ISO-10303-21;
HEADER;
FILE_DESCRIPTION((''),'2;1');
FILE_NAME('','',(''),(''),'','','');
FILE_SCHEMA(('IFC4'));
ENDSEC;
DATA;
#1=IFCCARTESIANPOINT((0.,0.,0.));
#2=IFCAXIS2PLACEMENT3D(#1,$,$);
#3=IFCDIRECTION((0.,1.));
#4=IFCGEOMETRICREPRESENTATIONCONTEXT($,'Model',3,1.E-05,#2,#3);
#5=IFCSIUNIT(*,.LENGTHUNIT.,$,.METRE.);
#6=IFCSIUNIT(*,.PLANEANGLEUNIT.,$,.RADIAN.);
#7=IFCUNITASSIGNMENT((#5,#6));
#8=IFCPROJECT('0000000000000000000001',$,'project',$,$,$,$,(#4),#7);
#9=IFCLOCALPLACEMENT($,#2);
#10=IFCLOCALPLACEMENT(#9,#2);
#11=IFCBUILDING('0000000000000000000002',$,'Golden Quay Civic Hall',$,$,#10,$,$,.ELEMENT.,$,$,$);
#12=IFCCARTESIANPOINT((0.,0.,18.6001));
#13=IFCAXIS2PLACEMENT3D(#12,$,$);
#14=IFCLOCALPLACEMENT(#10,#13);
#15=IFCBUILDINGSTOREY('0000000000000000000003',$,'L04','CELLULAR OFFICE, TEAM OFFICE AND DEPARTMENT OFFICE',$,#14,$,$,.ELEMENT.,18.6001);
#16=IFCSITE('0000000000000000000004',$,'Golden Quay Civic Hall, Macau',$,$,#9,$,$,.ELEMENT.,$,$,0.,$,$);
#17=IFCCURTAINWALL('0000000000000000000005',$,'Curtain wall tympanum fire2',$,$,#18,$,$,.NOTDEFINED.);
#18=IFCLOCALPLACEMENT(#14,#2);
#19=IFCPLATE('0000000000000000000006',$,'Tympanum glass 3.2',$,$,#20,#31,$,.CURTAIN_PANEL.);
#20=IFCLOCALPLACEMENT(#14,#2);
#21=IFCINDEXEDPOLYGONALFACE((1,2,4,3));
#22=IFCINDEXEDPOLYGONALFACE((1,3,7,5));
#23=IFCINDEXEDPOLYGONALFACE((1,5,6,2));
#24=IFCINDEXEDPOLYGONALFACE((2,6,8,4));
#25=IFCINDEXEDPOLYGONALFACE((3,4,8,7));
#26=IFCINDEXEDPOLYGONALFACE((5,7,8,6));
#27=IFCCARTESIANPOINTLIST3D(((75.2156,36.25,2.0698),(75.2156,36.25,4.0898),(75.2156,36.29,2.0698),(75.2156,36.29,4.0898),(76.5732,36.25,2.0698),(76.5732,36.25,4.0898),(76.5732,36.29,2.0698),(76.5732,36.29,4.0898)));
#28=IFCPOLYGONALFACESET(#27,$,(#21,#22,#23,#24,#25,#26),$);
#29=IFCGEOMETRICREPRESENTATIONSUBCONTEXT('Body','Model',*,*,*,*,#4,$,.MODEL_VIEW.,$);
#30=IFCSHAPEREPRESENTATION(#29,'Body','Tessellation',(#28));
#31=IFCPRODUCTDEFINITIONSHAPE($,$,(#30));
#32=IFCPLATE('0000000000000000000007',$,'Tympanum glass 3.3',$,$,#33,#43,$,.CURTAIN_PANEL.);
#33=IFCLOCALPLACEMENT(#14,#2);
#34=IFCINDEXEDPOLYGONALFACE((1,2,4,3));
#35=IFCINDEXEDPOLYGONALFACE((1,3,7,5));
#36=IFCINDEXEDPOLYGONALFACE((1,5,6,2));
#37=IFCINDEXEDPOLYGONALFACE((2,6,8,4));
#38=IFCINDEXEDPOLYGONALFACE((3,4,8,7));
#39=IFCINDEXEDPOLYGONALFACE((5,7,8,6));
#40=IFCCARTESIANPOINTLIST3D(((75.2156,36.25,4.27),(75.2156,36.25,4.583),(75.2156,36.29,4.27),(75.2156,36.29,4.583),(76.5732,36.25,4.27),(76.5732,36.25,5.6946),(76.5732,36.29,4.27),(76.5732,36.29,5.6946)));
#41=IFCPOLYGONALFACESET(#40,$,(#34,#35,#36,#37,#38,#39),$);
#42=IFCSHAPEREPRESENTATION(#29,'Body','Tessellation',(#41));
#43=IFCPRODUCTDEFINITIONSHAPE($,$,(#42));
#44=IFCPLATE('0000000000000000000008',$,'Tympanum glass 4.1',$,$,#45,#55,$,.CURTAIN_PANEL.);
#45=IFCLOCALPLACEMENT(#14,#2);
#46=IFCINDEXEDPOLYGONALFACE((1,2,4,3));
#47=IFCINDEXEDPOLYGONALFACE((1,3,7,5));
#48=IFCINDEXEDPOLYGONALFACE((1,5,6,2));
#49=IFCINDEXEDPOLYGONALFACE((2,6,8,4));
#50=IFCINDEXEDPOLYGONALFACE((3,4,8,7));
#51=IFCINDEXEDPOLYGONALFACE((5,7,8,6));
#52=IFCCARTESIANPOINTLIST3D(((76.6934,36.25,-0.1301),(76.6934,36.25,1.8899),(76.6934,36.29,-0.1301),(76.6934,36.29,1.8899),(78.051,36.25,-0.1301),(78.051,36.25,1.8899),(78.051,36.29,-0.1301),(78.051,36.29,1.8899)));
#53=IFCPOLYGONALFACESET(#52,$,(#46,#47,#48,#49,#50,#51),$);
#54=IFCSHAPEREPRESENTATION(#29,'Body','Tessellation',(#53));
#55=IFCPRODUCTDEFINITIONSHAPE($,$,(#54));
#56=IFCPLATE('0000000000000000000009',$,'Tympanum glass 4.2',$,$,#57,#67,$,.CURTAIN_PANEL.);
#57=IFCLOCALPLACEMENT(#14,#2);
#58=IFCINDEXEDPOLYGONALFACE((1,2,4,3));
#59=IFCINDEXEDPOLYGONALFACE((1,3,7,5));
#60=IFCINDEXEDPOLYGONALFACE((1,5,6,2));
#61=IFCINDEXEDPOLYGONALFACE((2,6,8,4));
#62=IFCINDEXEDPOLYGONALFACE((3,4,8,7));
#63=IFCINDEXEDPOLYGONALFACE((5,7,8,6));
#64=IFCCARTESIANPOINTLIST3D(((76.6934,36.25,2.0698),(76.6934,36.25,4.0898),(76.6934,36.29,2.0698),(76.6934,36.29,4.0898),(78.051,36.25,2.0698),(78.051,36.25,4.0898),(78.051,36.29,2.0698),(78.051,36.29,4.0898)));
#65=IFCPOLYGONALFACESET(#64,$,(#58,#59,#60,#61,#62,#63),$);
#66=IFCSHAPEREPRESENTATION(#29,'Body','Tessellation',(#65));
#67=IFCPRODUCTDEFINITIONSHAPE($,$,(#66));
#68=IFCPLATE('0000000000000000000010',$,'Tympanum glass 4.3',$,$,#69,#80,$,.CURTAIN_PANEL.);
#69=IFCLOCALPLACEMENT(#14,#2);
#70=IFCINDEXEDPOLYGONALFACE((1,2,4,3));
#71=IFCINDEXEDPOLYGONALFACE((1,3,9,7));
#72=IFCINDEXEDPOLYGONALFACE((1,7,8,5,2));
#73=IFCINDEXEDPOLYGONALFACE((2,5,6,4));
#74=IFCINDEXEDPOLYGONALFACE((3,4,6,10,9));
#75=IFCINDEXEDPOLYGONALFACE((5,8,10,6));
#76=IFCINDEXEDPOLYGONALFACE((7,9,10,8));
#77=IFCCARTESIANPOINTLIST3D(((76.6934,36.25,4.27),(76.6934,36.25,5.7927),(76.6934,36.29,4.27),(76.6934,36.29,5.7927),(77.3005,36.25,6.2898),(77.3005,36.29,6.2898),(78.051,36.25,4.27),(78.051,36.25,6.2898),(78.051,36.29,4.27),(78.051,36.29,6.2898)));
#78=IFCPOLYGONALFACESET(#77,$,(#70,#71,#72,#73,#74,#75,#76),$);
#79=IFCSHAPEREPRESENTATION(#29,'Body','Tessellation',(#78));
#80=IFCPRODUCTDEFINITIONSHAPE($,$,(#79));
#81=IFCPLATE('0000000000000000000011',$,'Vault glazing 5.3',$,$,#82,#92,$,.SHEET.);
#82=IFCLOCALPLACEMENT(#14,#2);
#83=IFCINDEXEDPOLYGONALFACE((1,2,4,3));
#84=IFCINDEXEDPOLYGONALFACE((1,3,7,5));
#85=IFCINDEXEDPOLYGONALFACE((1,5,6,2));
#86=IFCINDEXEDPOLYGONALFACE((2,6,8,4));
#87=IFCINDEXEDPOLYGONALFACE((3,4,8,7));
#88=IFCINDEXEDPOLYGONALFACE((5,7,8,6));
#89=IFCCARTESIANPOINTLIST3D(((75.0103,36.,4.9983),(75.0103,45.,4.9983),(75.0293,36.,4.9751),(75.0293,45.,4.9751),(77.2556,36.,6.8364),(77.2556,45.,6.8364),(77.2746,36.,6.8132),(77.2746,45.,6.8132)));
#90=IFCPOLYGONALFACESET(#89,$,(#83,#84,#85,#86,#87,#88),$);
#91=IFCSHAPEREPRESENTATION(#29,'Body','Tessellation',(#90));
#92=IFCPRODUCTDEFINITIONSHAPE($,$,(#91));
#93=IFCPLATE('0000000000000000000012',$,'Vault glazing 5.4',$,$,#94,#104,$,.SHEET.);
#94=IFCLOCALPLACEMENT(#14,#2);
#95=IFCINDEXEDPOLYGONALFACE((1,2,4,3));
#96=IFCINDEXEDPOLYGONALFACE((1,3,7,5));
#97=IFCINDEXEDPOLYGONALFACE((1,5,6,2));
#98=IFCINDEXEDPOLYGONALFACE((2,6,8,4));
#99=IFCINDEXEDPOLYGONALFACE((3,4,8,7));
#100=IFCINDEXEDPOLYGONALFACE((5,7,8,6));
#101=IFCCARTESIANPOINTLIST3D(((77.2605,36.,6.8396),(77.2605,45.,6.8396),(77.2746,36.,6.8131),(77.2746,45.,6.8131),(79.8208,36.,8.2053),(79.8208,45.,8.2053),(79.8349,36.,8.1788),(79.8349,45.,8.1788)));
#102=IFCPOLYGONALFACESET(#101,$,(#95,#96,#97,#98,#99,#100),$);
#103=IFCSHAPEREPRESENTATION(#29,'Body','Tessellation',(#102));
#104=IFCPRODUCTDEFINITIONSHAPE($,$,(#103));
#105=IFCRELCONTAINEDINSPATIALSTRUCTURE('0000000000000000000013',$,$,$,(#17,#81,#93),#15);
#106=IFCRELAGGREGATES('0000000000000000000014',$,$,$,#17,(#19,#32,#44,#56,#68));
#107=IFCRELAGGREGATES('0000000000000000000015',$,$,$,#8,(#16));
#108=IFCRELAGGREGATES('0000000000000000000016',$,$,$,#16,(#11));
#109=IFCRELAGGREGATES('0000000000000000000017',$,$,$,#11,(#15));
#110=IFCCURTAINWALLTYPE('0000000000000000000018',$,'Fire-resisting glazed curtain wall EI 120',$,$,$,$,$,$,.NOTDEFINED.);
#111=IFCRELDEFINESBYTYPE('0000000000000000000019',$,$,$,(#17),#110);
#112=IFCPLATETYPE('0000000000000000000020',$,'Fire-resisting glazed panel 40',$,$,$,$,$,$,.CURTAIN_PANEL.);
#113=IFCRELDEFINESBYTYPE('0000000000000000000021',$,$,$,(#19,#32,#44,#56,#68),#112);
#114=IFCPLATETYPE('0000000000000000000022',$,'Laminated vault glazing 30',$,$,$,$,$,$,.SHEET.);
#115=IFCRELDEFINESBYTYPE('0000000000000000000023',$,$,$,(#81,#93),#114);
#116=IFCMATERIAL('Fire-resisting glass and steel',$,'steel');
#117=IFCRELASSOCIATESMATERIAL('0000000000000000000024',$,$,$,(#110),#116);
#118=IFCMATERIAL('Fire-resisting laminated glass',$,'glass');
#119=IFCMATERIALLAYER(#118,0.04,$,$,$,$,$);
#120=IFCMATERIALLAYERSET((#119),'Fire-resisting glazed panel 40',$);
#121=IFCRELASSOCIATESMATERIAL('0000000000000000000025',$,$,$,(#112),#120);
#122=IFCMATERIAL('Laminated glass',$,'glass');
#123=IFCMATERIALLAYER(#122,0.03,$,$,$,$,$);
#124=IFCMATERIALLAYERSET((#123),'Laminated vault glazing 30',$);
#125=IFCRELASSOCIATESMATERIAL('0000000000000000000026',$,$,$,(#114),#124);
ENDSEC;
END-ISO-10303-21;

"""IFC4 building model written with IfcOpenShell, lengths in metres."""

from ifc_helpers import new_model, si_unit, direction, frame, origin, place, context, subcontext, project, spatial, polyline, outline, extrude, material, layer, layer_set, type_object, element, aggregate, save


model = new_model("IFC4")

# Units and contexts
model_context = context("Model", 3, precision=1e-05, world=origin(), true_north=direction((0.0, 1.0)))
body_context = subcontext(model_context, "Body", "Model", "MODEL_VIEW")
ifc_project = project(units=[si_unit("LENGTHUNIT", "METRE"), si_unit("PLANEANGLEUNIT", "RADIAN")], contexts=[model_context])

# Site, building, storey
site_placement = place(None, origin())
site = spatial("IfcSite", under=ifc_project, at=site_placement, Name="Golden Quay Civic Hall, Macau", CompositionType="ELEMENT", RefElevation=0.0)
building_placement = place(site_placement, origin())
building = spatial("IfcBuilding", under=site, at=building_placement, Name="Golden Quay Civic Hall", CompositionType="ELEMENT")
storey_placement = place(building_placement, frame((0.0, 0.0, 18.6001)))
storey = spatial("IfcBuildingStorey", under=building, at=storey_placement, Name="L04", Description="CELLULAR OFFICE, TEAM OFFICE AND DEPARTMENT OFFICE", CompositionType="ELEMENT", Elevation=18.6001)

# Curtain wall
ifc_material_1 = material(Name="Fire-resisting glass and steel", Category="steel")
curtain_wall_type = type_object("IfcCurtainWallType", Name="Fire-resisting glazed curtain wall EI 120", PredefinedType="NOTDEFINED", material=ifc_material_1)
curtain_wall_placement = place(storey_placement, origin())
curtain_wall = element("IfcCurtainWall", 1, at=curtain_wall_placement, inside=storey, type_object=curtain_wall_type, Name="Curtain wall tympanum fire2", PredefinedType="NOTDEFINED")

# Plates
ifc_material_2 = material(Name="Fire-resisting laminated glass", Category="glass")
ifc_layer_1 = layer(ifc_material_2, 0.04)
ifc_layer_set_1 = layer_set([ifc_layer_1], Name="Fire-resisting glazed panel 40")
plate_type_1 = type_object("IfcPlateType", Name="Fire-resisting glazed panel 40", PredefinedType="CURTAIN_PANEL", material=ifc_layer_set_1)
plate_1_placement = place(storey_placement, frame((76.5732, 36.29, 2.0698), z_axis=(0.0, 1.0, 0.0), x_axis=(-1.0, 0.0, 0.0)))
plate_1 = element("IfcPlate", 2, at=plate_1_placement, type_object=plate_type_1, Name="Tympanum glass 3.2", PredefinedType="CURTAIN_PANEL", context=body_context, shape_type="SweptSolid", body=[
    extrude(outline(polyline([(0.0, 0.0), (1.3577, 0.0), (1.3577, 2.02), (0.0, 2.02), (0.0, 0.0)])), origin(), (0.0, 0.0, -1.0), 0.04),
])
plate_2_placement = place(storey_placement, frame((76.5732, 36.29, 4.27), z_axis=(0.0, 1.0, 0.0), x_axis=(-1.0, 0.0, 0.0)))
plate_2 = element("IfcPlate", 3, at=plate_2_placement, type_object=plate_type_1, Name="Tympanum glass 3.3", PredefinedType="CURTAIN_PANEL", context=body_context, shape_type="SweptSolid", body=[
    extrude(outline(polyline([(0.0, 0.0), (1.3577, 0.0), (1.3577, 0.313), (0.0, 1.4246), (0.0, 0.0)])), origin(), (0.0, 0.0, -1.0), 0.04),
])
plate_3_placement = place(storey_placement, frame((78.051, 36.29, -0.1301), z_axis=(0.0, 1.0, 0.0), x_axis=(-1.0, 0.0, 0.0)))
plate_3 = element("IfcPlate", 4, at=plate_3_placement, type_object=plate_type_1, Name="Tympanum glass 4.1", PredefinedType="CURTAIN_PANEL", context=body_context, shape_type="SweptSolid", body=[
    extrude(outline(polyline([(0.0, 0.0), (1.3577, 0.0), (1.3577, 2.02), (0.0, 2.02), (0.0, 0.0)])), origin(), (0.0, 0.0, -1.0), 0.04),
])
plate_4_placement = place(storey_placement, frame((78.051, 36.29, 2.0698), z_axis=(0.0, 1.0, 0.0), x_axis=(-1.0, 0.0, 0.0)))
plate_4 = element("IfcPlate", 5, at=plate_4_placement, type_object=plate_type_1, Name="Tympanum glass 4.2", PredefinedType="CURTAIN_PANEL", context=body_context, shape_type="SweptSolid", body=[
    extrude(outline(polyline([(0.0, 0.0), (1.3577, 0.0), (1.3577, 2.02), (0.0, 2.02), (0.0, 0.0)])), origin(), (0.0, 0.0, -1.0), 0.04),
])
plate_5_placement = place(storey_placement, frame((78.051, 36.29, 4.27), z_axis=(0.0, 1.0, 0.0), x_axis=(-1.0, 0.0, 0.0)))
plate_5 = element("IfcPlate", 6, at=plate_5_placement, type_object=plate_type_1, Name="Tympanum glass 4.3", PredefinedType="CURTAIN_PANEL", context=body_context, shape_type="SweptSolid", body=[
    extrude(outline(polyline([(0.0, 0.0), (1.3577, 0.0), (1.3577, 1.5227), (0.7505, 2.0198), (0.0, 2.0198), (0.0, 0.0)])), origin(), (0.0, 0.0, -1.0), 0.04),
])
aggregate(curtain_wall, [plate_1, plate_2, plate_3, plate_4, plate_5])

# Plates
ifc_material_3 = material(Name="Laminated glass", Category="glass")
ifc_layer_2 = layer(ifc_material_3, 0.03)
ifc_layer_set_2 = layer_set([ifc_layer_2], Name="Laminated vault glazing 30")
plate_type_2 = type_object("IfcPlateType", Name="Laminated vault glazing 30", PredefinedType="SHEET", material=ifc_layer_set_2)
plate_6_placement = place(storey_placement, frame((75.0103, 36.0, 4.9983), z_axis=(-0.633449, 0.0, 0.773785), x_axis=(0.773785, 0.0, 0.633449)))
element("IfcPlate", 7, at=plate_6_placement, inside=storey, type_object=plate_type_2, Name="Vault glazing 5.3", PredefinedType="SHEET", context=body_context, shape_type="SweptSolid", body=[
    extrude(outline(polyline([(0.0, 0.0), (2.9018, 0.0), (2.9018, 9.0), (0.0, 9.0), (0.0, 0.0)])), origin(), (0.0, 0.0, -1.0), 0.03),
])
plate_7_placement = place(storey_placement, frame((77.2605, 36.0, 6.8396), z_axis=(-0.470649, 0.0, 0.88232), x_axis=(0.88232, 0.0, 0.470649)))
element("IfcPlate", 8, at=plate_7_placement, inside=storey, type_object=plate_type_2, Name="Vault glazing 5.4", PredefinedType="SHEET", context=body_context, shape_type="SweptSolid", body=[
    extrude(outline(polyline([(0.0, 0.0), (2.9018, 0.0), (2.9018, 9.0), (0.0, 9.0), (0.0, 0.0)])), origin(), (0.0, 0.0, -1.0), 0.03),
])

save(model, "model.ifc")
